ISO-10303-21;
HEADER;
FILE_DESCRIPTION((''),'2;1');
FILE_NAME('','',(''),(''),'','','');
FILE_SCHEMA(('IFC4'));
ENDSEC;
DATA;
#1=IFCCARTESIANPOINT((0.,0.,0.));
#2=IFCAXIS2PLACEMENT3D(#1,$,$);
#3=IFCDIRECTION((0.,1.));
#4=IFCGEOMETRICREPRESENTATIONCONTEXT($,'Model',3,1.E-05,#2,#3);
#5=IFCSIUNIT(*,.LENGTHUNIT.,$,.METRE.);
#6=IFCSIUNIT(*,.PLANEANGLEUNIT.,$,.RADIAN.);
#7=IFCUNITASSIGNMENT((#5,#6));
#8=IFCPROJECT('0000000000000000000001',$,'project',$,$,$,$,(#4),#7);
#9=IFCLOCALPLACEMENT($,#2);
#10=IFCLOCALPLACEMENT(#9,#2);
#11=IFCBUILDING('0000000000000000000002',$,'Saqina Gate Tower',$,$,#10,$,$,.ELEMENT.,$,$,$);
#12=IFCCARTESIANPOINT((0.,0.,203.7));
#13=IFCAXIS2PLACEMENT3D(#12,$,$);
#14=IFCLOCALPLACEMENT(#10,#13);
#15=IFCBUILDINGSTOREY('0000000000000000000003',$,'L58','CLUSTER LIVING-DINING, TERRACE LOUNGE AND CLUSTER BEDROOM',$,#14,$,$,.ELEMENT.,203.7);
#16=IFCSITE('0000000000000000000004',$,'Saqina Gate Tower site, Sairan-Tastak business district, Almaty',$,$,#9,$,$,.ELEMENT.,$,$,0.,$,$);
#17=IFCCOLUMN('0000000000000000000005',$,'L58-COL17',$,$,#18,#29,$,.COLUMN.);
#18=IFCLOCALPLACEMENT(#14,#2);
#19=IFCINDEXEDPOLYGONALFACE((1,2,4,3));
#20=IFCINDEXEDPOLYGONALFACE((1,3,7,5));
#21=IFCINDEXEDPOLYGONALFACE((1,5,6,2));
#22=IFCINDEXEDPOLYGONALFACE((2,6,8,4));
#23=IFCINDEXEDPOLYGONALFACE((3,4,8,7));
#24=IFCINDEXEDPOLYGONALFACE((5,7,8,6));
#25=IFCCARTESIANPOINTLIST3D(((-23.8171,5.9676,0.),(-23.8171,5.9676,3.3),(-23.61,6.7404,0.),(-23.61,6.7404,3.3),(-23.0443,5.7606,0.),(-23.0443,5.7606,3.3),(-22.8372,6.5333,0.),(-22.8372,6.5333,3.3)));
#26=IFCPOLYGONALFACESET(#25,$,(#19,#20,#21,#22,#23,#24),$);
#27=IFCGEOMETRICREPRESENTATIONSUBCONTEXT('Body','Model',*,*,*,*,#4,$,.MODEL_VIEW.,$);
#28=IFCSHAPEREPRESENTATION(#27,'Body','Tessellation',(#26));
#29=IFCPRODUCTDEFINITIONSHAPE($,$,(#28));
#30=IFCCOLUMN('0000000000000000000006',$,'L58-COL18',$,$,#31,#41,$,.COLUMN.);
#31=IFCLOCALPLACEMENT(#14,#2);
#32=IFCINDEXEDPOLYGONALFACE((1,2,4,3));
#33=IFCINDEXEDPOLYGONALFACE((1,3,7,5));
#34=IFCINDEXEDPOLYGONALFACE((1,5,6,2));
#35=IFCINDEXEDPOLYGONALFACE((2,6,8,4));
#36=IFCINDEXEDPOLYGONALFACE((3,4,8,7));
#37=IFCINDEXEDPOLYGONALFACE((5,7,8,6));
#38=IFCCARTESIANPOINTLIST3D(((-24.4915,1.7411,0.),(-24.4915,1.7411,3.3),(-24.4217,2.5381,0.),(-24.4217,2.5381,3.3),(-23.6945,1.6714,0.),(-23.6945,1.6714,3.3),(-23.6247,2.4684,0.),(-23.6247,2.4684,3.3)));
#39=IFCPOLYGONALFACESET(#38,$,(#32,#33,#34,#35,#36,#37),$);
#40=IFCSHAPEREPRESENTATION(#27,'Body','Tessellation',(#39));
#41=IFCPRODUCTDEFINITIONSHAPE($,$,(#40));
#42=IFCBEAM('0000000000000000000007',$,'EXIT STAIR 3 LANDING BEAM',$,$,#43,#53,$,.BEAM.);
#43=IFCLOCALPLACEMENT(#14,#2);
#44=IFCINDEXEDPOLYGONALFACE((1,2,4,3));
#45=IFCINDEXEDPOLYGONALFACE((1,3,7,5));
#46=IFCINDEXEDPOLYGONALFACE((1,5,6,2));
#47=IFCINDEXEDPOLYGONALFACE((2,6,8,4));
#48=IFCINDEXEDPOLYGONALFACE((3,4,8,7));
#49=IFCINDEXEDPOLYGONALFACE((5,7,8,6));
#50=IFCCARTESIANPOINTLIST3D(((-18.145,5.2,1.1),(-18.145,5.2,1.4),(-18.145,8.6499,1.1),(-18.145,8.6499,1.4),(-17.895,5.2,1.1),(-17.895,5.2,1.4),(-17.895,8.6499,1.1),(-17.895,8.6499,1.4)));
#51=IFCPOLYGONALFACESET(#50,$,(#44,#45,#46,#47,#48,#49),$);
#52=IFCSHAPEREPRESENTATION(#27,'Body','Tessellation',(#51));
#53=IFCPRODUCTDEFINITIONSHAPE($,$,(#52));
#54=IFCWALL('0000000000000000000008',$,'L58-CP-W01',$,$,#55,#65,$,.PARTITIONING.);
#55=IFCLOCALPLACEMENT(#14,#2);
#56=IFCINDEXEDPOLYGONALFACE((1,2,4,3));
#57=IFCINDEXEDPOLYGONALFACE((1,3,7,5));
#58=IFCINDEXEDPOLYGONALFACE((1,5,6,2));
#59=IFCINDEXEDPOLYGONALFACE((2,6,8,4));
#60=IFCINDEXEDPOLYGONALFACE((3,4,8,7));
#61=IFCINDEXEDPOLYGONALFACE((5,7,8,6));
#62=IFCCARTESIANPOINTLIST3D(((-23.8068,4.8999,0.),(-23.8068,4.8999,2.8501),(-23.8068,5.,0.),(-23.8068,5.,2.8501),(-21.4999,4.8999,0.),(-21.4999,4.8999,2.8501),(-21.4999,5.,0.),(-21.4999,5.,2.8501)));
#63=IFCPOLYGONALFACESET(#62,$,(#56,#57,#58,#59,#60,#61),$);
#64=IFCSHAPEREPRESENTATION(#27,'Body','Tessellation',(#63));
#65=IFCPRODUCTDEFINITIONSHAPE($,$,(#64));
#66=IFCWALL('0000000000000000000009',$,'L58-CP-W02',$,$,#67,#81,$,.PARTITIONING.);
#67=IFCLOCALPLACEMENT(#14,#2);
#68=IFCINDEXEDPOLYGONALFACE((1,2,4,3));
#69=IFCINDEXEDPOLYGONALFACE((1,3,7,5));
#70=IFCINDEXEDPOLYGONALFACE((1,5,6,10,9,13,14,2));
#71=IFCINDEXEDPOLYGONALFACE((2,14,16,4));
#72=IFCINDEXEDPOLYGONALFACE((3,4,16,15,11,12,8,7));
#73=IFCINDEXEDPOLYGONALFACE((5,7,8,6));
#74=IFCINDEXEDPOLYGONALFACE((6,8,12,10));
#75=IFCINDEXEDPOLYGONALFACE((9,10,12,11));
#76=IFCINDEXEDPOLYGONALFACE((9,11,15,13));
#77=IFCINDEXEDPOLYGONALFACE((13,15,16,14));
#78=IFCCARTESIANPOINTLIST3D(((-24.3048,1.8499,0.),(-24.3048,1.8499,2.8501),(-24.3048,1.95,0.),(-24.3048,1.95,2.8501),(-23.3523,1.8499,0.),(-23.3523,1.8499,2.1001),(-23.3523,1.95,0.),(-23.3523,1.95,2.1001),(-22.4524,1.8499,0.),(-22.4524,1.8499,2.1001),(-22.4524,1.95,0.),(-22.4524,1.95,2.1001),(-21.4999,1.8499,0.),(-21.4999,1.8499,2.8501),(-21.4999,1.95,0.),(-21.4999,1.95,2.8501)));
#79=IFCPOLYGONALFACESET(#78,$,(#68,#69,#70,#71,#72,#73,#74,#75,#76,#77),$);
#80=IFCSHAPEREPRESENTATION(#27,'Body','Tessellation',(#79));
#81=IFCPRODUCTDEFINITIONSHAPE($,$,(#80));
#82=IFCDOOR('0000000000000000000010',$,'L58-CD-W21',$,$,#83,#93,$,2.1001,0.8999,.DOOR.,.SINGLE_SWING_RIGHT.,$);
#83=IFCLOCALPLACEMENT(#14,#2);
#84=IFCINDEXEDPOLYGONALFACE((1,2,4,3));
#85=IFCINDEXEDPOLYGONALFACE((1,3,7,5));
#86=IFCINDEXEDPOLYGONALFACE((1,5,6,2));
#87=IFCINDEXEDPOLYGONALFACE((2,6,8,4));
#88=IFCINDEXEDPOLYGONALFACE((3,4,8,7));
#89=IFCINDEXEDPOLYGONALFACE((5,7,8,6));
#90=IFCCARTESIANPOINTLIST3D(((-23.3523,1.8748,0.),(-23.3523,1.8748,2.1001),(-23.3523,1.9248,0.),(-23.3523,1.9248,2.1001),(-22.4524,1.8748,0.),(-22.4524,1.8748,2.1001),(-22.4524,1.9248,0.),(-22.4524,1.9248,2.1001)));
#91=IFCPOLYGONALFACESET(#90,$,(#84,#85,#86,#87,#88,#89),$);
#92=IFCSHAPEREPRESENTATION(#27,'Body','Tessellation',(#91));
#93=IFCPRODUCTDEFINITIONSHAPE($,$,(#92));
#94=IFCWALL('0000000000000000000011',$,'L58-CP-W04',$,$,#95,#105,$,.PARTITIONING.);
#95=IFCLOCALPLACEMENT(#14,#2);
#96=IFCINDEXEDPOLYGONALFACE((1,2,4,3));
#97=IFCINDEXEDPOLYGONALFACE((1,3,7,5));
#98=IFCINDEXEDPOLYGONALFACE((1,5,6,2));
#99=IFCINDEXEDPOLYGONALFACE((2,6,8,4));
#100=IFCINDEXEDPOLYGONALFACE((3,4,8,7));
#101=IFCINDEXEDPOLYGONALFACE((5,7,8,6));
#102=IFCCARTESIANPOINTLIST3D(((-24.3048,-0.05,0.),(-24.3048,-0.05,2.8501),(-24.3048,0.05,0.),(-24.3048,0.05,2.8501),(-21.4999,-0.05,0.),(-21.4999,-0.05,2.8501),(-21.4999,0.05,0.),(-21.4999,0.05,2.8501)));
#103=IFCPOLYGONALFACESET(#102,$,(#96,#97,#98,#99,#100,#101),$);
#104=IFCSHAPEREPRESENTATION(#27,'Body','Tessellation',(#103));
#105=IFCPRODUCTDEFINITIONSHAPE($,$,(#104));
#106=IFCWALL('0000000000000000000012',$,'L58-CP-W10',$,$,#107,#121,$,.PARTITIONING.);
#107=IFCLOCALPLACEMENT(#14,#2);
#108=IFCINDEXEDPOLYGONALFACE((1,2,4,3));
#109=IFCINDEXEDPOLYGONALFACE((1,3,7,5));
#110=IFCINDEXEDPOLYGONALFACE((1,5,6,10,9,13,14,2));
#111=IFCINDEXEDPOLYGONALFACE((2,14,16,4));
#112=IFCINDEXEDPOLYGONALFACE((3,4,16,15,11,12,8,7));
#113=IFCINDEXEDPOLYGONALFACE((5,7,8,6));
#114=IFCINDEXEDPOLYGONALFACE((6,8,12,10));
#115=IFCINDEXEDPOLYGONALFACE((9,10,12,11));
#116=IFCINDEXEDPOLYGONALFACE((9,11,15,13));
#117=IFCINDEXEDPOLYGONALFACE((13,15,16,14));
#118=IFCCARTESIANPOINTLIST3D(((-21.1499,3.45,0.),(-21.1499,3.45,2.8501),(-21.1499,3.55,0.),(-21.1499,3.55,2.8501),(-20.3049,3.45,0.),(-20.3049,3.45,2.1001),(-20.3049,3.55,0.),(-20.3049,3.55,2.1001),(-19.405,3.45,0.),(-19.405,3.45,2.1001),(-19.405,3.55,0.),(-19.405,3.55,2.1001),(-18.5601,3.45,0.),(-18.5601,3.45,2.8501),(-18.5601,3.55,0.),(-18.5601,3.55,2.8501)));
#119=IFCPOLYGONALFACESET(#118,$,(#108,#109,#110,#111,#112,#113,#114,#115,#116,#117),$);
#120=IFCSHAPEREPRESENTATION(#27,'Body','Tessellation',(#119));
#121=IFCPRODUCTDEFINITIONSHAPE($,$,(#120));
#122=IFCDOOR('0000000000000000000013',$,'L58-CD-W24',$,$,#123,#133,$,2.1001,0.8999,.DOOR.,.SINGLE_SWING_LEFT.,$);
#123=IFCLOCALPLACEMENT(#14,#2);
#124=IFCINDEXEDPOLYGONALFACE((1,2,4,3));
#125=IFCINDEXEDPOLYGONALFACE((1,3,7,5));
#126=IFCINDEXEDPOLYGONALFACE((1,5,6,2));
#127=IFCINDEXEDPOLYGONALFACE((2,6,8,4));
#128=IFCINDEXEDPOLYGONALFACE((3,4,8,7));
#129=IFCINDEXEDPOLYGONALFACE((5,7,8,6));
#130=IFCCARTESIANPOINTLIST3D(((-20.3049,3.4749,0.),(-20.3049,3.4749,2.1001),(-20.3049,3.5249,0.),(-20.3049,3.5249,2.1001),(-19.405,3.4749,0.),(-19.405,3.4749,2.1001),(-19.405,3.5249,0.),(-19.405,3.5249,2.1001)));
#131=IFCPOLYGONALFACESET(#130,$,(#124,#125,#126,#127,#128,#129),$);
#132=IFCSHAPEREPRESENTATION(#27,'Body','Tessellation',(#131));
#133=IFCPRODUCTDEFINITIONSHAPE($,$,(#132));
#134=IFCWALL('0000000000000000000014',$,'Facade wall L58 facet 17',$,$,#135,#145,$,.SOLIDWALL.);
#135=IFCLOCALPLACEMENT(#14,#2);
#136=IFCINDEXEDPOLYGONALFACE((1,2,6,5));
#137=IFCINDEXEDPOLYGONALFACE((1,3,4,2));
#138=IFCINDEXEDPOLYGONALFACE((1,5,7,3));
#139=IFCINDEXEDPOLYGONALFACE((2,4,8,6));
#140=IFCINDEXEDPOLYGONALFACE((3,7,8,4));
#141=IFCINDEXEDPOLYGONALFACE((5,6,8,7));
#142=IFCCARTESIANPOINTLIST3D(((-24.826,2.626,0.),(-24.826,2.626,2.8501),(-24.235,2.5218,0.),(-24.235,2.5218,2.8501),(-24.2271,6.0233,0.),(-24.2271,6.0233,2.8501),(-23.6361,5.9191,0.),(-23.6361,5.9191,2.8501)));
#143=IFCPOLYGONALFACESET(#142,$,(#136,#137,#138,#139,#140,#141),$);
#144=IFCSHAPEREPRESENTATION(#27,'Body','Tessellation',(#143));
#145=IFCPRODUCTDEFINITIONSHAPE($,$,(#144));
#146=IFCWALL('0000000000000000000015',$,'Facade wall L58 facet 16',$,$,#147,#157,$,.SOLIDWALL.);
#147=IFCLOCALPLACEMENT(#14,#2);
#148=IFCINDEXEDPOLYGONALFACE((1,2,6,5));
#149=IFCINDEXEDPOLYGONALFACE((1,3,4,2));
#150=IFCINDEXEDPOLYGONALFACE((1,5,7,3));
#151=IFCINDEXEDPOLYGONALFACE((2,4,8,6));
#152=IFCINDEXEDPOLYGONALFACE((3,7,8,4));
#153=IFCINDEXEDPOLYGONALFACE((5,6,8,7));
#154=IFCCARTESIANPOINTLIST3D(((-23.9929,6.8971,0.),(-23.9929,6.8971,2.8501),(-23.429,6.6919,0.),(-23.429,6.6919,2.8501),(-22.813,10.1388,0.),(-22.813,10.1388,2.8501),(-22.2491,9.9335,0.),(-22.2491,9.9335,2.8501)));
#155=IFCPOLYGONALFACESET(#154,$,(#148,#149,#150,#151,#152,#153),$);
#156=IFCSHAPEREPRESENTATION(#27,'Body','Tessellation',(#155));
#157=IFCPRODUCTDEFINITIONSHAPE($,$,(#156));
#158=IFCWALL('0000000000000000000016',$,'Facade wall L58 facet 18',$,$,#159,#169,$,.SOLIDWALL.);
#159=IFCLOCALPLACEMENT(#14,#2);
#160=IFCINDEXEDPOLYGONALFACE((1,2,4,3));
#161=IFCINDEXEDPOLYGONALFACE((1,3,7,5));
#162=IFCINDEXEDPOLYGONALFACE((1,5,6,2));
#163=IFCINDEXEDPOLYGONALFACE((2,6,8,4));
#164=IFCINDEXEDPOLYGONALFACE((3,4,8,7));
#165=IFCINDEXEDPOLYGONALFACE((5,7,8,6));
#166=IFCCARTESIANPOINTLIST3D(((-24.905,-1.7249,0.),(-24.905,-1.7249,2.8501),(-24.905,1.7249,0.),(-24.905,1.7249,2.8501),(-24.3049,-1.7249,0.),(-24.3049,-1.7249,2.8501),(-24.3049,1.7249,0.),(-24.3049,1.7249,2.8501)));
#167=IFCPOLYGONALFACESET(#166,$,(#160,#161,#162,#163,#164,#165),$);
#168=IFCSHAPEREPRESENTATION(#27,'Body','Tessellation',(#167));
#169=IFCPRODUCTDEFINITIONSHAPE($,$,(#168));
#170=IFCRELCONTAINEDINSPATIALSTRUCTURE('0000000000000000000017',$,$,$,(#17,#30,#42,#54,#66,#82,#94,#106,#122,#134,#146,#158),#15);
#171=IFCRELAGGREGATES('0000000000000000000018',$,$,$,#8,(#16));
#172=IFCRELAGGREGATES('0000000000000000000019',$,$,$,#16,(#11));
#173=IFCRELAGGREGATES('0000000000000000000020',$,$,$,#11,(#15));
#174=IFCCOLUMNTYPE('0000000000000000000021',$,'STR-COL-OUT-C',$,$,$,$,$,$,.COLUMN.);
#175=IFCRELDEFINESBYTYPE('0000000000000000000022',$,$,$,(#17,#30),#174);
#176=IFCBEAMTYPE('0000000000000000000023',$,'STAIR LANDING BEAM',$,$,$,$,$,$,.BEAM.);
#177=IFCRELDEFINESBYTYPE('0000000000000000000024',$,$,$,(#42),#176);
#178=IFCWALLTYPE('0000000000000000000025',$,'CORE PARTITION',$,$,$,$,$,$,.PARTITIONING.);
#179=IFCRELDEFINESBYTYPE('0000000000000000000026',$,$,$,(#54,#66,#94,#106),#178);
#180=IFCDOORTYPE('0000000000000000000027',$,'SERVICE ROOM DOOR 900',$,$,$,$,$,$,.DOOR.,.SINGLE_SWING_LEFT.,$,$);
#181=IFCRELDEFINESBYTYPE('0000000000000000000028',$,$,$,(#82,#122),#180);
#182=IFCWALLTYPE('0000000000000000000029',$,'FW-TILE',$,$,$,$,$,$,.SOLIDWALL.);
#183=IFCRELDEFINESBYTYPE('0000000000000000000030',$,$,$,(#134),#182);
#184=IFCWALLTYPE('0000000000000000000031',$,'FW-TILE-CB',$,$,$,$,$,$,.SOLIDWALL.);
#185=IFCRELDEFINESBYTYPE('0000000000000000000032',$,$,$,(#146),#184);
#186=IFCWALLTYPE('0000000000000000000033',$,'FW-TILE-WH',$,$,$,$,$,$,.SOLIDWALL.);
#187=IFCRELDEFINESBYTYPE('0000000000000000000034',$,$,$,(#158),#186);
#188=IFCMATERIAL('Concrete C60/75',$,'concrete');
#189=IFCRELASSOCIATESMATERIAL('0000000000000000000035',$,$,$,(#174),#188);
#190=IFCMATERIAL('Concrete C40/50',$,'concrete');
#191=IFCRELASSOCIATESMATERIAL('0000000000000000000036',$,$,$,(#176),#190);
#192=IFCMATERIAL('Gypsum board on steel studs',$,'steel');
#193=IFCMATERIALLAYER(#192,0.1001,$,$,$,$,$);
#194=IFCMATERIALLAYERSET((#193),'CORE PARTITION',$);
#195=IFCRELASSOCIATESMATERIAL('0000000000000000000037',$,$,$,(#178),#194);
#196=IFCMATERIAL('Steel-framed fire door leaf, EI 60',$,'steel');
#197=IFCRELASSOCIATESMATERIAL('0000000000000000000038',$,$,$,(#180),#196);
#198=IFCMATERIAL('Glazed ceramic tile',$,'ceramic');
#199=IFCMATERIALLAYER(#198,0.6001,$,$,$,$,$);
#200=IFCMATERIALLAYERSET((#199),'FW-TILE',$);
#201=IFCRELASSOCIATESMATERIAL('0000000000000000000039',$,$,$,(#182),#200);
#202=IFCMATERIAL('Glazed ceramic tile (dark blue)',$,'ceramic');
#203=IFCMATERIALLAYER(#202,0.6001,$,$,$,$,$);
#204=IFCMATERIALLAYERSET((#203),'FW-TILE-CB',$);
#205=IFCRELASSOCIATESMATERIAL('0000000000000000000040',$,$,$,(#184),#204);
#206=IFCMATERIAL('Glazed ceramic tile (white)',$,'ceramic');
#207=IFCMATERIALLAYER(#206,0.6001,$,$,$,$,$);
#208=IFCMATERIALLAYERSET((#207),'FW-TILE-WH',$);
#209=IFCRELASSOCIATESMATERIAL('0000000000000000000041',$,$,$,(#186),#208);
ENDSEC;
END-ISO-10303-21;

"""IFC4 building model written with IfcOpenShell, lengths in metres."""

from ifc_helpers import new_model, si_unit, direction, frame, frame_2d, origin, origin_2d, place, context, subcontext, project, spatial, rectangle, extrude, material, layer, layer_set, material_profile, profile_set, type_object, element, fill, save


model = new_model("IFC4")

# Units and contexts
model_context = context("Model", 3, precision=1e-05, world=origin(), true_north=direction((0.0, 1.0)))
body_context = subcontext(model_context, "Body", "Model", "MODEL_VIEW")
ifc_project = project(units=[si_unit("LENGTHUNIT", "METRE"), si_unit("PLANEANGLEUNIT", "RADIAN")], contexts=[model_context])

# Site, building, storey
site_placement = place(None, origin())
site = spatial("IfcSite", under=ifc_project, at=site_placement, Name="Saqina Gate Tower site, Sairan-Tastak business district, Almaty", CompositionType="ELEMENT", RefElevation=0.0)
building_placement = place(site_placement, origin())
building = spatial("IfcBuilding", under=site, at=building_placement, Name="Saqina Gate Tower", CompositionType="ELEMENT")
storey_placement = place(building_placement, frame((0.0, 0.0, 203.7)))
storey = spatial("IfcBuildingStorey", under=building, at=storey_placement, Name="L58", Description="CLUSTER LIVING-DINING, TERRACE LOUNGE AND CLUSTER BEDROOM", CompositionType="ELEMENT", Elevation=203.7)

# Columns
ifc_material_1 = material(Name="Concrete C60/75", Category="concrete")
ifc_material_profile_1 = material_profile(ifc_material_1, rectangle(XDim=0.8, YDim=0.8, at=origin_2d()), Name="RC 800x800")
ifc_profile_set_1 = profile_set([ifc_material_profile_1], Name="Concrete C60/75")
column_type = type_object("IfcColumnType", Name="STR-COL-OUT-C", PredefinedType="COLUMN", material=ifc_profile_set_1)
for number, where, z_axis, x_axis, name in (
    (1, (-23.3271, 6.2505, 0.0), (0.0, 0.0, 1.0), (-0.965926, 0.258819, 0.0), "L58-COL17"),
    (2, (-24.0581, 2.1047, 0.0), (0.0, 0.0, 1.0), (-0.996195, 0.087156, 0.0), "L58-COL18"),
):
    element("IfcColumn", number, at=place(storey_placement, frame(where, z_axis=z_axis, x_axis=x_axis)), inside=storey, type_object=column_type, Name=name, PredefinedType="COLUMN", context=body_context, shape_type="SweptSolid", body=[
        extrude(rectangle(XDim=0.8, YDim=0.8, at=origin_2d()), origin(), (0.0, 0.0, 1.0), 3.3),
    ])

# Beam
ifc_material_2 = material(Name="Concrete C40/50", Category="concrete")
ifc_material_profile_2 = material_profile(ifc_material_2, rectangle(XDim=0.25, YDim=0.3, at=origin_2d()), Name="STAIR LANDING BEAM")
ifc_profile_set_2 = profile_set([ifc_material_profile_2], Name="Concrete C40/50")
beam_type = type_object("IfcBeamType", Name="STAIR LANDING BEAM", PredefinedType="BEAM", material=ifc_profile_set_2)
beam_placement = place(storey_placement, frame((-18.02, 5.2, 1.25), z_axis=(0.0, 1.0, 0.0), x_axis=(-1.0, 0.0, 0.0)))
element("IfcBeam", 3, at=beam_placement, inside=storey, type_object=beam_type, Name="EXIT STAIR 3 LANDING BEAM", PredefinedType="BEAM", context=body_context, shape_type="SweptSolid", body=[
    extrude(rectangle(XDim=0.25, YDim=0.3, at=origin_2d()), origin(), (0.0, 0.0, 1.0), 3.45),
])

# Wall
ifc_material_3 = material(Name="Gypsum board on steel studs", Category="steel")
ifc_layer_1 = layer(ifc_material_3, 0.1001)
ifc_layer_set_1 = layer_set([ifc_layer_1], Name="CORE PARTITION")
wall_type_1 = type_object("IfcWallType", Name="CORE PARTITION", PredefinedType="PARTITIONING", material=ifc_layer_set_1)
wall_1_placement = place(storey_placement, frame((-21.5, 4.95, 0.0), z_axis=(0.0, 0.0, 1.0), x_axis=(-1.0, 0.0, 0.0)))
element("IfcWall", 4, at=wall_1_placement, inside=storey, type_object=wall_type_1, Name="L58-CP-W01", PredefinedType="PARTITIONING", context=body_context, shape_type="SweptSolid", body=[
    extrude(rectangle(XDim=2.3069, YDim=0.1001, at=frame_2d((1.1533, 0.0))), origin(), (0.0, 0.0, 1.0), 2.8501),
])

# Wall, opening, door
wall_2_placement = place(storey_placement, frame((-21.5, 1.8999, 0.0), z_axis=(0.0, 0.0, 1.0), x_axis=(-1.0, 0.0, 0.0)))
wall_2 = element("IfcWall", 5, at=wall_2_placement, inside=storey, type_object=wall_type_1, Name="L58-CP-W02", PredefinedType="PARTITIONING", context=body_context, shape_type="SweptSolid", body=[
    extrude(rectangle(XDim=2.8049, YDim=0.1001, at=frame_2d((1.4023, 0.0))), origin(), (0.0, 0.0, 1.0), 2.8501),
])
opening_1_placement = place(wall_2_placement, frame((0.9524, 0.0, 0.0)))
opening_1 = element("IfcOpeningElement", 6, at=opening_1_placement, cuts=wall_2, PredefinedType="OPENING", context=body_context, shape_type="SweptSolid", body=[
    extrude(rectangle(XDim=0.8999, YDim=2.1001, at=frame_2d((0.45, 1.05))), frame((0.0, 0.062, 0.0), z_axis=(0.0, -1.0, 0.0), x_axis=(1.0, 0.0, 0.0)), (0.0, 0.0, 1.0), 0.124),
])
ifc_material_4 = material(Name="Steel-framed fire door leaf, EI 60", Category="steel")
door_type_1 = type_object("IfcDoorType", Name="SERVICE ROOM DOOR 900", OperationType="SINGLE_SWING_LEFT", PredefinedType="DOOR", material=ifc_material_4)
door_1_placement = place(opening_1_placement, frame((0.8999, 0.0, 0.0), z_axis=(0.0, 0.0, 1.0), x_axis=(-1.0, 0.0, 0.0)))
door_1 = element("IfcDoor", 7, at=door_1_placement, inside=storey, type_object=door_type_1, Name="L58-CD-W21", OperationType="SINGLE_SWING_RIGHT", OverallHeight=2.1001, OverallWidth=0.8999, PredefinedType="DOOR", context=body_context, shape_type="SweptSolid", body=[
    extrude(rectangle(XDim=0.8999, YDim=2.1001, at=frame_2d((0.45, 1.05))), frame((0.0, 0.0249, 0.0), z_axis=(0.0, -1.0, 0.0), x_axis=(1.0, 0.0, 0.0)), (0.0, 0.0, 1.0), 0.05),
])
fill(opening_1, door_1)

# Wall
wall_3_placement = place(storey_placement, frame((-21.5, 0.0, 0.0), z_axis=(0.0, 0.0, 1.0), x_axis=(-1.0, 0.0, 0.0)))
element("IfcWall", 8, at=wall_3_placement, inside=storey, type_object=wall_type_1, Name="L58-CP-W04", PredefinedType="PARTITIONING", context=body_context, shape_type="SweptSolid", body=[
    extrude(rectangle(XDim=2.8049, YDim=0.1001, at=frame_2d((1.4023, 0.0))), origin(), (0.0, 0.0, 1.0), 2.8501),
])

# Wall, opening, door
wall_4_placement = place(storey_placement, frame((-18.5601, 3.5, 0.0), z_axis=(0.0, 0.0, 1.0), x_axis=(-1.0, 0.0, 0.0)))
wall_4 = element("IfcWall", 9, at=wall_4_placement, inside=storey, type_object=wall_type_1, Name="L58-CP-W10", PredefinedType="PARTITIONING", context=body_context, shape_type="SweptSolid", body=[
    extrude(rectangle(XDim=2.5898, YDim=0.1001, at=frame_2d((1.2949, 0.0))), origin(), (0.0, 0.0, 1.0), 2.8501),
])
opening_2_placement = place(wall_4_placement, frame((0.845, 0.0, 0.0)))
opening_2 = element("IfcOpeningElement", 10, at=opening_2_placement, cuts=wall_4, PredefinedType="OPENING", context=body_context, shape_type="SweptSolid", body=[
    extrude(rectangle(XDim=0.8999, YDim=2.1001, at=frame_2d((0.45, 1.05))), frame((0.0, 0.062, 0.0), z_axis=(0.0, -1.0, 0.0), x_axis=(1.0, 0.0, 0.0)), (0.0, 0.0, 1.0), 0.124),
])
door_2_placement = place(opening_2_placement, frame((0.8999, 0.0, 0.0), z_axis=(0.0, 0.0, 1.0), x_axis=(-1.0, 0.0, 0.0)))
door_2 = element("IfcDoor", 11, at=door_2_placement, inside=storey, type_object=door_type_1, Name="L58-CD-W24", OperationType="SINGLE_SWING_LEFT", OverallHeight=2.1001, OverallWidth=0.8999, PredefinedType="DOOR", context=body_context, shape_type="SweptSolid", body=[
    extrude(rectangle(XDim=0.8999, YDim=2.1001, at=frame_2d((0.45, 1.05))), frame((0.0, 0.0249, 0.0), z_axis=(0.0, -1.0, 0.0), x_axis=(1.0, 0.0, 0.0)), (0.0, 0.0, 1.0), 0.05),
])
fill(opening_2, door_2)

# Walls
ifc_material_5 = material(Name="Glazed ceramic tile", Category="ceramic")
ifc_layer_2 = layer(ifc_material_5, 0.6001)
ifc_layer_set_2 = layer_set([ifc_layer_2], Name="FW-TILE")
wall_type_2 = type_object("IfcWallType", Name="FW-TILE", PredefinedType="SOLIDWALL", material=ifc_layer_set_2)
wall_5_placement = place(storey_placement, frame((-23.9316, 5.9712, 0.0), z_axis=(0.0, 0.0, 1.0), x_axis=(-0.173608, -0.984815, 0.0)))
element("IfcWall", 12, at=wall_5_placement, inside=storey, type_object=wall_type_2, Name="Facade wall L58 facet 17", PredefinedType="SOLIDWALL", context=body_context, shape_type="SweptSolid", body=[
    extrude(rectangle(XDim=3.4497, YDim=0.6001, at=frame_2d((1.7249, 0.0))), origin(), (0.0, 0.0, 1.0), 2.8501),
])
ifc_material_6 = material(Name="Glazed ceramic tile (dark blue)", Category="ceramic")
ifc_layer_3 = layer(ifc_material_6, 0.6001)
ifc_layer_set_3 = layer_set([ifc_layer_3], Name="FW-TILE-CB")
wall_type_3 = type_object("IfcWallType", Name="FW-TILE-CB", PredefinedType="SOLIDWALL", material=ifc_layer_set_3)
wall_6_placement = place(storey_placement, frame((-22.531, 10.0361, 0.0), z_axis=(0.0, 0.0, 1.0), x_axis=(-0.342033, -0.939688, 0.0)))
element("IfcWall", 13, at=wall_6_placement, inside=storey, type_object=wall_type_3, Name="Facade wall L58 facet 16", PredefinedType="SOLIDWALL", context=body_context, shape_type="SweptSolid", body=[
    extrude(rectangle(XDim=3.4497, YDim=0.6001, at=frame_2d((1.7249, 0.0))), origin(), (0.0, 0.0, 1.0), 2.8501),
])
ifc_material_7 = material(Name="Glazed ceramic tile (white)", Category="ceramic")
ifc_layer_4 = layer(ifc_material_7, 0.6001)
ifc_layer_set_4 = layer_set([ifc_layer_4], Name="FW-TILE-WH")
wall_type_4 = type_object("IfcWallType", Name="FW-TILE-WH", PredefinedType="SOLIDWALL", material=ifc_layer_set_4)
wall_7_placement = place(storey_placement, frame((-24.605, 1.7249, 0.0), z_axis=(0.0, 0.0, 1.0), x_axis=(0.0, -1.0, 0.0)))
element("IfcWall", 14, at=wall_7_placement, inside=storey, type_object=wall_type_4, Name="Facade wall L58 facet 18", PredefinedType="SOLIDWALL", context=body_context, shape_type="SweptSolid", body=[
    extrude(rectangle(XDim=3.4497, YDim=0.6001, at=frame_2d((1.7249, 0.0))), origin(), (0.0, 0.0, 1.0), 2.8501),
])

save(model, "model.ifc")
